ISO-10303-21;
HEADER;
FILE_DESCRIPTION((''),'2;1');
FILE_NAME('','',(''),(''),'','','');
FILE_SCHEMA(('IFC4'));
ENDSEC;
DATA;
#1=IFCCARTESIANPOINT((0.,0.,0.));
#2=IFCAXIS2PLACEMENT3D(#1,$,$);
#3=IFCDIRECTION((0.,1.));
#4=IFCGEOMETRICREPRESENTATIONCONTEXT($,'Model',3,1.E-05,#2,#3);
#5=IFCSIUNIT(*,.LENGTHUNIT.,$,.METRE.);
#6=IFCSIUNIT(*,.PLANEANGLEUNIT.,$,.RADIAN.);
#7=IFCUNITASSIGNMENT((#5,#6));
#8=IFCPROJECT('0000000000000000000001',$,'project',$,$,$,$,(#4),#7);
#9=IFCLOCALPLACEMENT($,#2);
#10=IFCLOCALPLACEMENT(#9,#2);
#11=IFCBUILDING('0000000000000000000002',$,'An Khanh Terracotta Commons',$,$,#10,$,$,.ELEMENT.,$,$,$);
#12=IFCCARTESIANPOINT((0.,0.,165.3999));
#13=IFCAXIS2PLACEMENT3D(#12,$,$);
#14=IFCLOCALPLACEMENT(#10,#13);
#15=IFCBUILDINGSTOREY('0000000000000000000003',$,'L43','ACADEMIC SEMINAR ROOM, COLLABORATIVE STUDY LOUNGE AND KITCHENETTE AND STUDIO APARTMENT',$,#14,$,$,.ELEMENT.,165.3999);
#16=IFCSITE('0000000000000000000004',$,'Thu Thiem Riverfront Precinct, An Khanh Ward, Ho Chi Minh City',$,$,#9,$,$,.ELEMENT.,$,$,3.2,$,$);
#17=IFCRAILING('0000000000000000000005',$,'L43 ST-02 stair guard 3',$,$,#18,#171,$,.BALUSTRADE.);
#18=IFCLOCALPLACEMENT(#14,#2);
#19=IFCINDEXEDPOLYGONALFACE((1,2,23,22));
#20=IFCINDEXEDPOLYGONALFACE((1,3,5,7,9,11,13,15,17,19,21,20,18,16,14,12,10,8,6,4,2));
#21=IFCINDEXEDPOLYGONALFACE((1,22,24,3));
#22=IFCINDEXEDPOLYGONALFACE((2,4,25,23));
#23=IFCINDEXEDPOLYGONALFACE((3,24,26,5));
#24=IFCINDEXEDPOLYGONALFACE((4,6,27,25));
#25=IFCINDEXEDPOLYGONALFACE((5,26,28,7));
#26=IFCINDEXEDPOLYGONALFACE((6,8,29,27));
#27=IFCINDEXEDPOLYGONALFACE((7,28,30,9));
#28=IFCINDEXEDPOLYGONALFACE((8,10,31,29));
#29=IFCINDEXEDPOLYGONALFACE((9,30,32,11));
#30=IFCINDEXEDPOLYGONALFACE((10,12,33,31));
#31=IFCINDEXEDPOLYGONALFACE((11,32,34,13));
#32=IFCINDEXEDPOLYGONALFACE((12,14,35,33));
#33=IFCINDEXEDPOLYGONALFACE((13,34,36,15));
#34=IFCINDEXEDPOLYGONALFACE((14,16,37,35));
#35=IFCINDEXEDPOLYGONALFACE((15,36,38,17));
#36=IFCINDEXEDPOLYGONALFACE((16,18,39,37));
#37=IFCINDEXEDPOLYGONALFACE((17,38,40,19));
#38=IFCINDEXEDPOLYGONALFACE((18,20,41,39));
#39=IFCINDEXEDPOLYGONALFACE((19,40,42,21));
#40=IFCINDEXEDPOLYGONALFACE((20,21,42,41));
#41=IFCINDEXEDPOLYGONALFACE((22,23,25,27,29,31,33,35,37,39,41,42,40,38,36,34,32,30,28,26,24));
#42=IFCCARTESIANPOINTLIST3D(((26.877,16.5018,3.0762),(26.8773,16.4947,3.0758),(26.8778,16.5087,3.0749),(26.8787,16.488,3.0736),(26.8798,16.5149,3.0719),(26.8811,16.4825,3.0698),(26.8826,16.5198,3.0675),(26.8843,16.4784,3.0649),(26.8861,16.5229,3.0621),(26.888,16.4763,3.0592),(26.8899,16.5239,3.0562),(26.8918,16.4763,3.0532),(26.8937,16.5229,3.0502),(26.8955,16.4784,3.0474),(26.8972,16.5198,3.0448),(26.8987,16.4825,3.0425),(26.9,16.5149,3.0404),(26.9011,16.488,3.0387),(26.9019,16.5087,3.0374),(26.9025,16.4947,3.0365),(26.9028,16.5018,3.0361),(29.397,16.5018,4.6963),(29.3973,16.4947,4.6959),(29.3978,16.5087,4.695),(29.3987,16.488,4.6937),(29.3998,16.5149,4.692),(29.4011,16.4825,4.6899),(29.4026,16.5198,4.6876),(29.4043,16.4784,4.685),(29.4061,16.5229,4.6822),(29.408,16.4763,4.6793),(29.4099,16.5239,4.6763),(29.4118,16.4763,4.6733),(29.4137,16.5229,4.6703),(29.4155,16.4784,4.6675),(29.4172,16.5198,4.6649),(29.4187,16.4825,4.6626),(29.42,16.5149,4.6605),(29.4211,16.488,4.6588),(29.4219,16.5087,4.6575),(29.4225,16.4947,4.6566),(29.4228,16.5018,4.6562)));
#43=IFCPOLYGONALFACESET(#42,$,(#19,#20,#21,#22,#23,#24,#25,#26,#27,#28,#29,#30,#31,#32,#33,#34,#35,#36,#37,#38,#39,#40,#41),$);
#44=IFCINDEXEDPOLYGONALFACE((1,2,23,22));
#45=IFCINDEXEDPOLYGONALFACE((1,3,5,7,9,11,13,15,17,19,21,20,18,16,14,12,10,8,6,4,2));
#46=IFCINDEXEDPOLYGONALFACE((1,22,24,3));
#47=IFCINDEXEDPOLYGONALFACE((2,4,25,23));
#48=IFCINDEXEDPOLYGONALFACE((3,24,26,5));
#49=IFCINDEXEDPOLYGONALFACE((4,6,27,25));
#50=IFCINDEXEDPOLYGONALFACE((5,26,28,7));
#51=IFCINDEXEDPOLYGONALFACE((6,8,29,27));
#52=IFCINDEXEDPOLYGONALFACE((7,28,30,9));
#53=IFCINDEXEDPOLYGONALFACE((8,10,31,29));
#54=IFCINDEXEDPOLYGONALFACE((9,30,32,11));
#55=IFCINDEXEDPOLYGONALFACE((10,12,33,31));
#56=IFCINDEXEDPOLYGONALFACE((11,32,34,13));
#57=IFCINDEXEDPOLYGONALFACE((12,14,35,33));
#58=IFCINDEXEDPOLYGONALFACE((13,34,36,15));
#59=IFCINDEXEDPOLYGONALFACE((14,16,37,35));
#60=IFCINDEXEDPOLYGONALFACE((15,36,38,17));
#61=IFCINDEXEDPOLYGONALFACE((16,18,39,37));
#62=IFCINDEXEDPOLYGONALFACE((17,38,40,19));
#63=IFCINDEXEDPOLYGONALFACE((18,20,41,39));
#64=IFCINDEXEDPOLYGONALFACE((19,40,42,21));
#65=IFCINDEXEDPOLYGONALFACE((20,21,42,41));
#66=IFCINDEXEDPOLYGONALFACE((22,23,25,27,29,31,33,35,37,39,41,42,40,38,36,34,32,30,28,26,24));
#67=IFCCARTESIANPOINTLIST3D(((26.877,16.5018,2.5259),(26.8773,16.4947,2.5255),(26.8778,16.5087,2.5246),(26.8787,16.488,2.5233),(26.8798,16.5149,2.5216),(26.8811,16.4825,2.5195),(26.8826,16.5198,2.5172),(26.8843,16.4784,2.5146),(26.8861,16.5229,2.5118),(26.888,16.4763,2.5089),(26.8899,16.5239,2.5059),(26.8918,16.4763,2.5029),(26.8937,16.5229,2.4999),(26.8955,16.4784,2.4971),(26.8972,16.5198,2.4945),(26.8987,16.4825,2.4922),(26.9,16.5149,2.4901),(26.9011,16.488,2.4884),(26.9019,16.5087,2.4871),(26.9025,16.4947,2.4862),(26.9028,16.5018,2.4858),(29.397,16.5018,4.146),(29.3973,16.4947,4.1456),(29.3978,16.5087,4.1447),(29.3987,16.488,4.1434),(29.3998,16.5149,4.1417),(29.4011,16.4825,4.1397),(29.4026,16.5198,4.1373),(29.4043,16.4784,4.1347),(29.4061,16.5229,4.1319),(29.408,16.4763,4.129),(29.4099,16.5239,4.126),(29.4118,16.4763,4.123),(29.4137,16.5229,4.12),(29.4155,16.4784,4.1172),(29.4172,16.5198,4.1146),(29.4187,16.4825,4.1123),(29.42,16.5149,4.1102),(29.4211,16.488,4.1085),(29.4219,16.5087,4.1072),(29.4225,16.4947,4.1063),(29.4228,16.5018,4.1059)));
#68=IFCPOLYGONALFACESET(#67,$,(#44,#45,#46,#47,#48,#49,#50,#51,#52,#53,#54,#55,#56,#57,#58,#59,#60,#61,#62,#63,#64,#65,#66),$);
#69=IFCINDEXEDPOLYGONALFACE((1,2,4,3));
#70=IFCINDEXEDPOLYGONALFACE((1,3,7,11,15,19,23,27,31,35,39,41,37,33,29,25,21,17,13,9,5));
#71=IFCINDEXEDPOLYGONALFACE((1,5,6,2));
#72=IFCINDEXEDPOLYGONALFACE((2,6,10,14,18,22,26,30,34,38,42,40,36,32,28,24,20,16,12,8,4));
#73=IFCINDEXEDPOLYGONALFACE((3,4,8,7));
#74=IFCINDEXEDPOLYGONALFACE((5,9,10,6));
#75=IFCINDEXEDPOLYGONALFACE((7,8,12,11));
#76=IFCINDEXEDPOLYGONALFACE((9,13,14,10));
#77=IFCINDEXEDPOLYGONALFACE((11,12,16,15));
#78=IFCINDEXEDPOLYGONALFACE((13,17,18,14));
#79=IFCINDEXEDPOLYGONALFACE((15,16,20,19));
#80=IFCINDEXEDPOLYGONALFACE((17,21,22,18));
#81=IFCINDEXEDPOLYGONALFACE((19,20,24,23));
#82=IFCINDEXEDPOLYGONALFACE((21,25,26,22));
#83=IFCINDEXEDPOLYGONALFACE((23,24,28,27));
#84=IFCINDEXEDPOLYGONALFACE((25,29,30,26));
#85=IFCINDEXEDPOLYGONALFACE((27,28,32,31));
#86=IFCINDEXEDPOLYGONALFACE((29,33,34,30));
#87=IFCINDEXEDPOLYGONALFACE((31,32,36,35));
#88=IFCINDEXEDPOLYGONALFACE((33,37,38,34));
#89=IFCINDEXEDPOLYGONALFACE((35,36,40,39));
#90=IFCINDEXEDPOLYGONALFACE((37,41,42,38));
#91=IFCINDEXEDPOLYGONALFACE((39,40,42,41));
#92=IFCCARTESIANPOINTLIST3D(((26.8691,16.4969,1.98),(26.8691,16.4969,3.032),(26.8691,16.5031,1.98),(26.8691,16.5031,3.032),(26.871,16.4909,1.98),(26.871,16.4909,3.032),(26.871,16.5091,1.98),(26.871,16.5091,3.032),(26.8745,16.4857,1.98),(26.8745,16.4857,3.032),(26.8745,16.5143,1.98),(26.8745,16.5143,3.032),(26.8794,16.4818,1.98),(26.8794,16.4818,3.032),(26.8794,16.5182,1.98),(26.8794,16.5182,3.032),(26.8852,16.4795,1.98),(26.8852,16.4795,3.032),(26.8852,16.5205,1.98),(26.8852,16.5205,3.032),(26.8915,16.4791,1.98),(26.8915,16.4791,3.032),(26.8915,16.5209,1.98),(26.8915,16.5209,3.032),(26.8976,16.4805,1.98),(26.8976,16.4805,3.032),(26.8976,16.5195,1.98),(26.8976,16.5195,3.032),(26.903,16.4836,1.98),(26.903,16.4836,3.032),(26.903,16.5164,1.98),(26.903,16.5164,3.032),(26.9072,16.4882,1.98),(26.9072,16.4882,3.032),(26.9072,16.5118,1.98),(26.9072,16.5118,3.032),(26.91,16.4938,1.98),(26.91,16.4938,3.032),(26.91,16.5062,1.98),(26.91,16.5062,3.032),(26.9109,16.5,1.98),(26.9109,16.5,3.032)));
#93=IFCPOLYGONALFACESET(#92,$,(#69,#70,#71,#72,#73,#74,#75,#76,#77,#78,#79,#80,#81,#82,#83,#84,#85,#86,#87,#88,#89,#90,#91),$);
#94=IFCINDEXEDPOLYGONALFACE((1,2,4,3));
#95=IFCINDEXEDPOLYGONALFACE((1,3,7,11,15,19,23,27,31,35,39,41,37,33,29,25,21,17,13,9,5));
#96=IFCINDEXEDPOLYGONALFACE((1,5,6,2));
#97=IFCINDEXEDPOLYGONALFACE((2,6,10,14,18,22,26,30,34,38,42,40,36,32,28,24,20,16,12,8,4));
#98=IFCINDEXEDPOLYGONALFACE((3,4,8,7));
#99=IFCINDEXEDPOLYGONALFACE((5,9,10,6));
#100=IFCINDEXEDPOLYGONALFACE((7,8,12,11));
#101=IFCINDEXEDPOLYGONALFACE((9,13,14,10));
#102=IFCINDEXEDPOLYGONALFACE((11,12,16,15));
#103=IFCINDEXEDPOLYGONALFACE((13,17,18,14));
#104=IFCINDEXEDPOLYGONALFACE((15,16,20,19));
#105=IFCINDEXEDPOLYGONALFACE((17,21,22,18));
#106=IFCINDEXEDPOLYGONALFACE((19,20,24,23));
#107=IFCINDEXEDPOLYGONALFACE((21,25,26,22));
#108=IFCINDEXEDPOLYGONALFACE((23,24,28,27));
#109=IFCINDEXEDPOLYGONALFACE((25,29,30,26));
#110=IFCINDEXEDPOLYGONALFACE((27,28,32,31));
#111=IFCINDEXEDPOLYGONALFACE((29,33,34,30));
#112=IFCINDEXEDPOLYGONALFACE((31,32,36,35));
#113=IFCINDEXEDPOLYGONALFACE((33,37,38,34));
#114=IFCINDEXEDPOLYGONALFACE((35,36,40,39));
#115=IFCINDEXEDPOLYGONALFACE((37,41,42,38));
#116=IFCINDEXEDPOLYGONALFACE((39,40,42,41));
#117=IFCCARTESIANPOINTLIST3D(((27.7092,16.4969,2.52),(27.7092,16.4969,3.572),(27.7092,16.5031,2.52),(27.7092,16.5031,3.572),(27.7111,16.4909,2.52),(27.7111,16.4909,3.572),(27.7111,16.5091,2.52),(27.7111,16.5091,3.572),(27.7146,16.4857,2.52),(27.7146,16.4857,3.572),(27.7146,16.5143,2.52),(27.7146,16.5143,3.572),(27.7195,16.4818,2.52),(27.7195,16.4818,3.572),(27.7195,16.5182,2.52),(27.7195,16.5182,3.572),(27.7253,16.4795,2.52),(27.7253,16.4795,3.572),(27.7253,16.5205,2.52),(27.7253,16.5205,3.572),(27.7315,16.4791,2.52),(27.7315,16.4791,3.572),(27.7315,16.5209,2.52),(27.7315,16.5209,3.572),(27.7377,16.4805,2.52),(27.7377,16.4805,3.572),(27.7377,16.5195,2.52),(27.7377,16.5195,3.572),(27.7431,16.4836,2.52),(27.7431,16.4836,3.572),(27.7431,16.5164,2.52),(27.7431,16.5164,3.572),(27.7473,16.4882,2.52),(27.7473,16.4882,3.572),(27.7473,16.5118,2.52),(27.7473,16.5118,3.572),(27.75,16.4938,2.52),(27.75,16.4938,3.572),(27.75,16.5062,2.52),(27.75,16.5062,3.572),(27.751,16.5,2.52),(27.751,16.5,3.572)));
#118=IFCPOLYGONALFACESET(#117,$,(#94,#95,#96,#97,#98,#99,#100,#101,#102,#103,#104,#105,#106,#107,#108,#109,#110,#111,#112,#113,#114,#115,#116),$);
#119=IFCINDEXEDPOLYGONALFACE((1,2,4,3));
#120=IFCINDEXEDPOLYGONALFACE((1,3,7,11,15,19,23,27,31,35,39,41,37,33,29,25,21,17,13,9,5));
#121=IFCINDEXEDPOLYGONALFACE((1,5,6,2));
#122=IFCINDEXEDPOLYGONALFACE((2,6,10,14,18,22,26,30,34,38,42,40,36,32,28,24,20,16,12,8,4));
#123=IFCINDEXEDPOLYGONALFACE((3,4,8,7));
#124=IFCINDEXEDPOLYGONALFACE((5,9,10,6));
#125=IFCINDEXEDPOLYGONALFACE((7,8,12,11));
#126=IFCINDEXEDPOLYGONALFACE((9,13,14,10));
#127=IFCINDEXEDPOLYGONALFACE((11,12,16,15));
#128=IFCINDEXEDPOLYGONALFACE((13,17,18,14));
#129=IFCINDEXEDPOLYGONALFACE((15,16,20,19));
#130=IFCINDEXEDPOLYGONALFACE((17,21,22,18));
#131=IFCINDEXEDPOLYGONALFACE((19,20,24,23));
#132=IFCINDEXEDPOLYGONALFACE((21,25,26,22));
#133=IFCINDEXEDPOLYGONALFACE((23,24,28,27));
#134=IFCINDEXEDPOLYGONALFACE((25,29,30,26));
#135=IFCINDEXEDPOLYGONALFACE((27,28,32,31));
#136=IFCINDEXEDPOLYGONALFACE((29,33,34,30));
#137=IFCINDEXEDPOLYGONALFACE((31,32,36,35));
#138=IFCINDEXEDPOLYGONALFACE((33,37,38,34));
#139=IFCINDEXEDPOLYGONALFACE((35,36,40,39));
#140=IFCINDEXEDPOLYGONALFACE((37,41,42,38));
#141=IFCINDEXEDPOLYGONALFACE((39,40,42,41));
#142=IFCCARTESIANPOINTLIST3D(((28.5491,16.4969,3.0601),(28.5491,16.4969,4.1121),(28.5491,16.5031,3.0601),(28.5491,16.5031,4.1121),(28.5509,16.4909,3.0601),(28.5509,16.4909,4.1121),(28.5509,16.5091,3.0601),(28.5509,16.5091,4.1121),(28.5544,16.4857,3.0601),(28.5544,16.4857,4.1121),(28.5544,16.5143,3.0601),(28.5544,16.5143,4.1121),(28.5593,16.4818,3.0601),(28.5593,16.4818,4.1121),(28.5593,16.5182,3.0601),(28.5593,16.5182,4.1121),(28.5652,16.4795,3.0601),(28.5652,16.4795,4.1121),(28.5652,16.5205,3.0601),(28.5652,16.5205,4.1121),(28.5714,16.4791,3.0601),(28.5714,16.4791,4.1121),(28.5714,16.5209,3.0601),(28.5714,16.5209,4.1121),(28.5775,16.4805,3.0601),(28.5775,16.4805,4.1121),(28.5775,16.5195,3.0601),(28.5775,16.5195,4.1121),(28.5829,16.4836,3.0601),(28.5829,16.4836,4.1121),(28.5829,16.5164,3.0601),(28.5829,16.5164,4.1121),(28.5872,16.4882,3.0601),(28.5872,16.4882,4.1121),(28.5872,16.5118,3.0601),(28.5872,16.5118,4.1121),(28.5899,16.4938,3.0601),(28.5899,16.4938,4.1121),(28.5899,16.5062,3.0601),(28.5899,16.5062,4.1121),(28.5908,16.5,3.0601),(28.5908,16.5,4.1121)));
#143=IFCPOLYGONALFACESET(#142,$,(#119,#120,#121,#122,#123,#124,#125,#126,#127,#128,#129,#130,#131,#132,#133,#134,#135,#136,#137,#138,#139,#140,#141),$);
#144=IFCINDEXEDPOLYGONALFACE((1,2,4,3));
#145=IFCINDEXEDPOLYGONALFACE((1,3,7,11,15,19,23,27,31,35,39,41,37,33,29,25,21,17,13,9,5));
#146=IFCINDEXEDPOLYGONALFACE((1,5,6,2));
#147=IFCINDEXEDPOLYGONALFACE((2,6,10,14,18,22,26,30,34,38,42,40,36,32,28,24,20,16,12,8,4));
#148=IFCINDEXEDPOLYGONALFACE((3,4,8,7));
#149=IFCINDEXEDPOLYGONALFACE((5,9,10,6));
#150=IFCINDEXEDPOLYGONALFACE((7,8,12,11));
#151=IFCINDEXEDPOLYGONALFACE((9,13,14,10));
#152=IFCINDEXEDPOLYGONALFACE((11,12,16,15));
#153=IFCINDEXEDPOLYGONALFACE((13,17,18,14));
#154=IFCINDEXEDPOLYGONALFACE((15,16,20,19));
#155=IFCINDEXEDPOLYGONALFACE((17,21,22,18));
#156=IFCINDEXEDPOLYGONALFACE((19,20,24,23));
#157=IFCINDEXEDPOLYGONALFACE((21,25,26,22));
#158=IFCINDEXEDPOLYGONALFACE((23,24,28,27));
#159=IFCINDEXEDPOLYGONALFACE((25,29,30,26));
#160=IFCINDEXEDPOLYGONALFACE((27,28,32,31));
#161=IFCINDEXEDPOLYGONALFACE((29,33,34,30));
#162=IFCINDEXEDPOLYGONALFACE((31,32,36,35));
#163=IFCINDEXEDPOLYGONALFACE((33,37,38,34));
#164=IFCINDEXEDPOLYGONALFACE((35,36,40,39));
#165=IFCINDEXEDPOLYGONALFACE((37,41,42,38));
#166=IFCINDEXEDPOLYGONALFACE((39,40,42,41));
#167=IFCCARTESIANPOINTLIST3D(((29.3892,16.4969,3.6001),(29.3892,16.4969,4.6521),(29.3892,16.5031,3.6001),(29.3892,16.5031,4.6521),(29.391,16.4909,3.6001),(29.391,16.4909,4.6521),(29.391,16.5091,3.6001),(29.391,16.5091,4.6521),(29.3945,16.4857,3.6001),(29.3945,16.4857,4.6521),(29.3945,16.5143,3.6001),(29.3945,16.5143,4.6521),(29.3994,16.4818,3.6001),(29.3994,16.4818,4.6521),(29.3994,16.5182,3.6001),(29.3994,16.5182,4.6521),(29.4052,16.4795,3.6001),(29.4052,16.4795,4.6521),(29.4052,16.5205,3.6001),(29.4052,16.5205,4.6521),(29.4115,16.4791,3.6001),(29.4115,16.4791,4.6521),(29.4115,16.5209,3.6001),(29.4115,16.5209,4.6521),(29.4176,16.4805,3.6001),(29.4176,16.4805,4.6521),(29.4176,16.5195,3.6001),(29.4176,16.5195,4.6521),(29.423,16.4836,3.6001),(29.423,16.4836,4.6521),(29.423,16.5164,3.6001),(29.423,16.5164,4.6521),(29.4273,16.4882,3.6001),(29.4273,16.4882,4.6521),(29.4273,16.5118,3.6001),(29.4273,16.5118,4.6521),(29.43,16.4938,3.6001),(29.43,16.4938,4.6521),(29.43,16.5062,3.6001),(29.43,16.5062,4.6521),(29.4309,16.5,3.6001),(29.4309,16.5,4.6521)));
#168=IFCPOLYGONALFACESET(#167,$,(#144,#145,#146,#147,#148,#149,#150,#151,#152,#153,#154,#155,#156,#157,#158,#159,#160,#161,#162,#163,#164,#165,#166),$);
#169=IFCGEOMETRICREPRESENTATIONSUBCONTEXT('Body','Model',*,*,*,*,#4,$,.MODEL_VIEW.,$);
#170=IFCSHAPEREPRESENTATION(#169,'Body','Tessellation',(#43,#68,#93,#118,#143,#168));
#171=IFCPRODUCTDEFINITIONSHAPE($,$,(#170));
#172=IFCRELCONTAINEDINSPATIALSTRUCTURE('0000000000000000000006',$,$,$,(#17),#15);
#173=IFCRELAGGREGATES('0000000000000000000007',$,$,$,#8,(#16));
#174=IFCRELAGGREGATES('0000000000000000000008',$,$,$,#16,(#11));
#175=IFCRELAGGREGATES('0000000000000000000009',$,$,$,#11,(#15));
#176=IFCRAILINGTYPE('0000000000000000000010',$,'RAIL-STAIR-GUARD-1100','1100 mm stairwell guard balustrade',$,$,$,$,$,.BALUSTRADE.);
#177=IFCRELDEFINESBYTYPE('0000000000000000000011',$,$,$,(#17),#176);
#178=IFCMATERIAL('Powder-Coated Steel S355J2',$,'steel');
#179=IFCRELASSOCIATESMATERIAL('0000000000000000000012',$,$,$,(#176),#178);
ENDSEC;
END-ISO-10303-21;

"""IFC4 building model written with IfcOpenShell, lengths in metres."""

from ifc_helpers import new_model, si_unit, direction, frame, origin, origin_2d, place, context, subcontext, project, spatial, circle, extrude, material, type_object, element, save


model = new_model("IFC4")

# Units and contexts
model_context = context("Model", 3, precision=1e-05, world=origin(), true_north=direction((0.0, 1.0)))
body_context = subcontext(model_context, "Body", "Model", "MODEL_VIEW")
ifc_project = project(units=[si_unit("LENGTHUNIT", "METRE"), si_unit("PLANEANGLEUNIT", "RADIAN")], contexts=[model_context])

# Site, building, storey
site_placement = place(None, origin())
site = spatial("IfcSite", under=ifc_project, at=site_placement, Name="Thu Thiem Riverfront Precinct, An Khanh Ward, Ho Chi Minh City", CompositionType="ELEMENT", RefElevation=3.2)
building_placement = place(site_placement, origin())
building = spatial("IfcBuilding", under=site, at=building_placement, Name="An Khanh Terracotta Commons", CompositionType="ELEMENT")
storey_placement = place(building_placement, frame((0.0, 0.0, 165.3999)))
storey = spatial("IfcBuildingStorey", under=building, at=storey_placement, Name="L43", Description="ACADEMIC SEMINAR ROOM, COLLABORATIVE STUDY LOUNGE AND KITCHENETTE AND STUDIO APARTMENT", CompositionType="ELEMENT", Elevation=165.3999)

# Railing
ifc_material_1 = material(Name="Powder-Coated Steel S355J2", Category="steel")
railing_type_1 = type_object("IfcRailingType", Name="RAIL-STAIR-GUARD-1100", Description="1100 mm stairwell guard balustrade", PredefinedType="BALUSTRADE", material=ifc_material_1)
railing_1_placement = place(storey_placement, frame((26.8899, 16.5, 1.98)))
element("IfcRailing", 1, at=railing_1_placement, inside=storey, type_object=railing_type_1, Name="L43 ST-02 stair guard 3", PredefinedType="BALUSTRADE", context=body_context, shape_type="SweptSolid", body=[
    extrude(circle(Radius=0.0239, at=origin_2d()), frame((0.0, 0.0, 1.0762), z_axis=(0.841163, 0.0, 0.540782), x_axis=(0.0, 1.0, 0.0)), (0.0, 0.0, 1.0), 2.9958),
    extrude(circle(Radius=0.0239, at=origin_2d()), frame((0.0, 0.0, 0.5259), z_axis=(0.841163, 0.0, 0.540782), x_axis=(0.0, 1.0, 0.0)), (0.0, 0.0, 1.0), 2.9958),
    extrude(circle(Radius=0.021, at=origin_2d()), origin(), (0.0, 0.0, 1.0), 1.052),
    extrude(circle(Radius=0.021, at=origin_2d()), frame((0.8401, 0.0, 0.54)), (0.0, 0.0, 1.0), 1.052),
    extrude(circle(Radius=0.021, at=origin_2d()), frame((1.6799, 0.0, 1.0801)), (0.0, 0.0, 1.0), 1.052),
    extrude(circle(Radius=0.021, at=origin_2d()), frame((2.52, 0.0, 1.6201)), (0.0, 0.0, 1.0), 1.052),
])

save(model, "model.ifc")
